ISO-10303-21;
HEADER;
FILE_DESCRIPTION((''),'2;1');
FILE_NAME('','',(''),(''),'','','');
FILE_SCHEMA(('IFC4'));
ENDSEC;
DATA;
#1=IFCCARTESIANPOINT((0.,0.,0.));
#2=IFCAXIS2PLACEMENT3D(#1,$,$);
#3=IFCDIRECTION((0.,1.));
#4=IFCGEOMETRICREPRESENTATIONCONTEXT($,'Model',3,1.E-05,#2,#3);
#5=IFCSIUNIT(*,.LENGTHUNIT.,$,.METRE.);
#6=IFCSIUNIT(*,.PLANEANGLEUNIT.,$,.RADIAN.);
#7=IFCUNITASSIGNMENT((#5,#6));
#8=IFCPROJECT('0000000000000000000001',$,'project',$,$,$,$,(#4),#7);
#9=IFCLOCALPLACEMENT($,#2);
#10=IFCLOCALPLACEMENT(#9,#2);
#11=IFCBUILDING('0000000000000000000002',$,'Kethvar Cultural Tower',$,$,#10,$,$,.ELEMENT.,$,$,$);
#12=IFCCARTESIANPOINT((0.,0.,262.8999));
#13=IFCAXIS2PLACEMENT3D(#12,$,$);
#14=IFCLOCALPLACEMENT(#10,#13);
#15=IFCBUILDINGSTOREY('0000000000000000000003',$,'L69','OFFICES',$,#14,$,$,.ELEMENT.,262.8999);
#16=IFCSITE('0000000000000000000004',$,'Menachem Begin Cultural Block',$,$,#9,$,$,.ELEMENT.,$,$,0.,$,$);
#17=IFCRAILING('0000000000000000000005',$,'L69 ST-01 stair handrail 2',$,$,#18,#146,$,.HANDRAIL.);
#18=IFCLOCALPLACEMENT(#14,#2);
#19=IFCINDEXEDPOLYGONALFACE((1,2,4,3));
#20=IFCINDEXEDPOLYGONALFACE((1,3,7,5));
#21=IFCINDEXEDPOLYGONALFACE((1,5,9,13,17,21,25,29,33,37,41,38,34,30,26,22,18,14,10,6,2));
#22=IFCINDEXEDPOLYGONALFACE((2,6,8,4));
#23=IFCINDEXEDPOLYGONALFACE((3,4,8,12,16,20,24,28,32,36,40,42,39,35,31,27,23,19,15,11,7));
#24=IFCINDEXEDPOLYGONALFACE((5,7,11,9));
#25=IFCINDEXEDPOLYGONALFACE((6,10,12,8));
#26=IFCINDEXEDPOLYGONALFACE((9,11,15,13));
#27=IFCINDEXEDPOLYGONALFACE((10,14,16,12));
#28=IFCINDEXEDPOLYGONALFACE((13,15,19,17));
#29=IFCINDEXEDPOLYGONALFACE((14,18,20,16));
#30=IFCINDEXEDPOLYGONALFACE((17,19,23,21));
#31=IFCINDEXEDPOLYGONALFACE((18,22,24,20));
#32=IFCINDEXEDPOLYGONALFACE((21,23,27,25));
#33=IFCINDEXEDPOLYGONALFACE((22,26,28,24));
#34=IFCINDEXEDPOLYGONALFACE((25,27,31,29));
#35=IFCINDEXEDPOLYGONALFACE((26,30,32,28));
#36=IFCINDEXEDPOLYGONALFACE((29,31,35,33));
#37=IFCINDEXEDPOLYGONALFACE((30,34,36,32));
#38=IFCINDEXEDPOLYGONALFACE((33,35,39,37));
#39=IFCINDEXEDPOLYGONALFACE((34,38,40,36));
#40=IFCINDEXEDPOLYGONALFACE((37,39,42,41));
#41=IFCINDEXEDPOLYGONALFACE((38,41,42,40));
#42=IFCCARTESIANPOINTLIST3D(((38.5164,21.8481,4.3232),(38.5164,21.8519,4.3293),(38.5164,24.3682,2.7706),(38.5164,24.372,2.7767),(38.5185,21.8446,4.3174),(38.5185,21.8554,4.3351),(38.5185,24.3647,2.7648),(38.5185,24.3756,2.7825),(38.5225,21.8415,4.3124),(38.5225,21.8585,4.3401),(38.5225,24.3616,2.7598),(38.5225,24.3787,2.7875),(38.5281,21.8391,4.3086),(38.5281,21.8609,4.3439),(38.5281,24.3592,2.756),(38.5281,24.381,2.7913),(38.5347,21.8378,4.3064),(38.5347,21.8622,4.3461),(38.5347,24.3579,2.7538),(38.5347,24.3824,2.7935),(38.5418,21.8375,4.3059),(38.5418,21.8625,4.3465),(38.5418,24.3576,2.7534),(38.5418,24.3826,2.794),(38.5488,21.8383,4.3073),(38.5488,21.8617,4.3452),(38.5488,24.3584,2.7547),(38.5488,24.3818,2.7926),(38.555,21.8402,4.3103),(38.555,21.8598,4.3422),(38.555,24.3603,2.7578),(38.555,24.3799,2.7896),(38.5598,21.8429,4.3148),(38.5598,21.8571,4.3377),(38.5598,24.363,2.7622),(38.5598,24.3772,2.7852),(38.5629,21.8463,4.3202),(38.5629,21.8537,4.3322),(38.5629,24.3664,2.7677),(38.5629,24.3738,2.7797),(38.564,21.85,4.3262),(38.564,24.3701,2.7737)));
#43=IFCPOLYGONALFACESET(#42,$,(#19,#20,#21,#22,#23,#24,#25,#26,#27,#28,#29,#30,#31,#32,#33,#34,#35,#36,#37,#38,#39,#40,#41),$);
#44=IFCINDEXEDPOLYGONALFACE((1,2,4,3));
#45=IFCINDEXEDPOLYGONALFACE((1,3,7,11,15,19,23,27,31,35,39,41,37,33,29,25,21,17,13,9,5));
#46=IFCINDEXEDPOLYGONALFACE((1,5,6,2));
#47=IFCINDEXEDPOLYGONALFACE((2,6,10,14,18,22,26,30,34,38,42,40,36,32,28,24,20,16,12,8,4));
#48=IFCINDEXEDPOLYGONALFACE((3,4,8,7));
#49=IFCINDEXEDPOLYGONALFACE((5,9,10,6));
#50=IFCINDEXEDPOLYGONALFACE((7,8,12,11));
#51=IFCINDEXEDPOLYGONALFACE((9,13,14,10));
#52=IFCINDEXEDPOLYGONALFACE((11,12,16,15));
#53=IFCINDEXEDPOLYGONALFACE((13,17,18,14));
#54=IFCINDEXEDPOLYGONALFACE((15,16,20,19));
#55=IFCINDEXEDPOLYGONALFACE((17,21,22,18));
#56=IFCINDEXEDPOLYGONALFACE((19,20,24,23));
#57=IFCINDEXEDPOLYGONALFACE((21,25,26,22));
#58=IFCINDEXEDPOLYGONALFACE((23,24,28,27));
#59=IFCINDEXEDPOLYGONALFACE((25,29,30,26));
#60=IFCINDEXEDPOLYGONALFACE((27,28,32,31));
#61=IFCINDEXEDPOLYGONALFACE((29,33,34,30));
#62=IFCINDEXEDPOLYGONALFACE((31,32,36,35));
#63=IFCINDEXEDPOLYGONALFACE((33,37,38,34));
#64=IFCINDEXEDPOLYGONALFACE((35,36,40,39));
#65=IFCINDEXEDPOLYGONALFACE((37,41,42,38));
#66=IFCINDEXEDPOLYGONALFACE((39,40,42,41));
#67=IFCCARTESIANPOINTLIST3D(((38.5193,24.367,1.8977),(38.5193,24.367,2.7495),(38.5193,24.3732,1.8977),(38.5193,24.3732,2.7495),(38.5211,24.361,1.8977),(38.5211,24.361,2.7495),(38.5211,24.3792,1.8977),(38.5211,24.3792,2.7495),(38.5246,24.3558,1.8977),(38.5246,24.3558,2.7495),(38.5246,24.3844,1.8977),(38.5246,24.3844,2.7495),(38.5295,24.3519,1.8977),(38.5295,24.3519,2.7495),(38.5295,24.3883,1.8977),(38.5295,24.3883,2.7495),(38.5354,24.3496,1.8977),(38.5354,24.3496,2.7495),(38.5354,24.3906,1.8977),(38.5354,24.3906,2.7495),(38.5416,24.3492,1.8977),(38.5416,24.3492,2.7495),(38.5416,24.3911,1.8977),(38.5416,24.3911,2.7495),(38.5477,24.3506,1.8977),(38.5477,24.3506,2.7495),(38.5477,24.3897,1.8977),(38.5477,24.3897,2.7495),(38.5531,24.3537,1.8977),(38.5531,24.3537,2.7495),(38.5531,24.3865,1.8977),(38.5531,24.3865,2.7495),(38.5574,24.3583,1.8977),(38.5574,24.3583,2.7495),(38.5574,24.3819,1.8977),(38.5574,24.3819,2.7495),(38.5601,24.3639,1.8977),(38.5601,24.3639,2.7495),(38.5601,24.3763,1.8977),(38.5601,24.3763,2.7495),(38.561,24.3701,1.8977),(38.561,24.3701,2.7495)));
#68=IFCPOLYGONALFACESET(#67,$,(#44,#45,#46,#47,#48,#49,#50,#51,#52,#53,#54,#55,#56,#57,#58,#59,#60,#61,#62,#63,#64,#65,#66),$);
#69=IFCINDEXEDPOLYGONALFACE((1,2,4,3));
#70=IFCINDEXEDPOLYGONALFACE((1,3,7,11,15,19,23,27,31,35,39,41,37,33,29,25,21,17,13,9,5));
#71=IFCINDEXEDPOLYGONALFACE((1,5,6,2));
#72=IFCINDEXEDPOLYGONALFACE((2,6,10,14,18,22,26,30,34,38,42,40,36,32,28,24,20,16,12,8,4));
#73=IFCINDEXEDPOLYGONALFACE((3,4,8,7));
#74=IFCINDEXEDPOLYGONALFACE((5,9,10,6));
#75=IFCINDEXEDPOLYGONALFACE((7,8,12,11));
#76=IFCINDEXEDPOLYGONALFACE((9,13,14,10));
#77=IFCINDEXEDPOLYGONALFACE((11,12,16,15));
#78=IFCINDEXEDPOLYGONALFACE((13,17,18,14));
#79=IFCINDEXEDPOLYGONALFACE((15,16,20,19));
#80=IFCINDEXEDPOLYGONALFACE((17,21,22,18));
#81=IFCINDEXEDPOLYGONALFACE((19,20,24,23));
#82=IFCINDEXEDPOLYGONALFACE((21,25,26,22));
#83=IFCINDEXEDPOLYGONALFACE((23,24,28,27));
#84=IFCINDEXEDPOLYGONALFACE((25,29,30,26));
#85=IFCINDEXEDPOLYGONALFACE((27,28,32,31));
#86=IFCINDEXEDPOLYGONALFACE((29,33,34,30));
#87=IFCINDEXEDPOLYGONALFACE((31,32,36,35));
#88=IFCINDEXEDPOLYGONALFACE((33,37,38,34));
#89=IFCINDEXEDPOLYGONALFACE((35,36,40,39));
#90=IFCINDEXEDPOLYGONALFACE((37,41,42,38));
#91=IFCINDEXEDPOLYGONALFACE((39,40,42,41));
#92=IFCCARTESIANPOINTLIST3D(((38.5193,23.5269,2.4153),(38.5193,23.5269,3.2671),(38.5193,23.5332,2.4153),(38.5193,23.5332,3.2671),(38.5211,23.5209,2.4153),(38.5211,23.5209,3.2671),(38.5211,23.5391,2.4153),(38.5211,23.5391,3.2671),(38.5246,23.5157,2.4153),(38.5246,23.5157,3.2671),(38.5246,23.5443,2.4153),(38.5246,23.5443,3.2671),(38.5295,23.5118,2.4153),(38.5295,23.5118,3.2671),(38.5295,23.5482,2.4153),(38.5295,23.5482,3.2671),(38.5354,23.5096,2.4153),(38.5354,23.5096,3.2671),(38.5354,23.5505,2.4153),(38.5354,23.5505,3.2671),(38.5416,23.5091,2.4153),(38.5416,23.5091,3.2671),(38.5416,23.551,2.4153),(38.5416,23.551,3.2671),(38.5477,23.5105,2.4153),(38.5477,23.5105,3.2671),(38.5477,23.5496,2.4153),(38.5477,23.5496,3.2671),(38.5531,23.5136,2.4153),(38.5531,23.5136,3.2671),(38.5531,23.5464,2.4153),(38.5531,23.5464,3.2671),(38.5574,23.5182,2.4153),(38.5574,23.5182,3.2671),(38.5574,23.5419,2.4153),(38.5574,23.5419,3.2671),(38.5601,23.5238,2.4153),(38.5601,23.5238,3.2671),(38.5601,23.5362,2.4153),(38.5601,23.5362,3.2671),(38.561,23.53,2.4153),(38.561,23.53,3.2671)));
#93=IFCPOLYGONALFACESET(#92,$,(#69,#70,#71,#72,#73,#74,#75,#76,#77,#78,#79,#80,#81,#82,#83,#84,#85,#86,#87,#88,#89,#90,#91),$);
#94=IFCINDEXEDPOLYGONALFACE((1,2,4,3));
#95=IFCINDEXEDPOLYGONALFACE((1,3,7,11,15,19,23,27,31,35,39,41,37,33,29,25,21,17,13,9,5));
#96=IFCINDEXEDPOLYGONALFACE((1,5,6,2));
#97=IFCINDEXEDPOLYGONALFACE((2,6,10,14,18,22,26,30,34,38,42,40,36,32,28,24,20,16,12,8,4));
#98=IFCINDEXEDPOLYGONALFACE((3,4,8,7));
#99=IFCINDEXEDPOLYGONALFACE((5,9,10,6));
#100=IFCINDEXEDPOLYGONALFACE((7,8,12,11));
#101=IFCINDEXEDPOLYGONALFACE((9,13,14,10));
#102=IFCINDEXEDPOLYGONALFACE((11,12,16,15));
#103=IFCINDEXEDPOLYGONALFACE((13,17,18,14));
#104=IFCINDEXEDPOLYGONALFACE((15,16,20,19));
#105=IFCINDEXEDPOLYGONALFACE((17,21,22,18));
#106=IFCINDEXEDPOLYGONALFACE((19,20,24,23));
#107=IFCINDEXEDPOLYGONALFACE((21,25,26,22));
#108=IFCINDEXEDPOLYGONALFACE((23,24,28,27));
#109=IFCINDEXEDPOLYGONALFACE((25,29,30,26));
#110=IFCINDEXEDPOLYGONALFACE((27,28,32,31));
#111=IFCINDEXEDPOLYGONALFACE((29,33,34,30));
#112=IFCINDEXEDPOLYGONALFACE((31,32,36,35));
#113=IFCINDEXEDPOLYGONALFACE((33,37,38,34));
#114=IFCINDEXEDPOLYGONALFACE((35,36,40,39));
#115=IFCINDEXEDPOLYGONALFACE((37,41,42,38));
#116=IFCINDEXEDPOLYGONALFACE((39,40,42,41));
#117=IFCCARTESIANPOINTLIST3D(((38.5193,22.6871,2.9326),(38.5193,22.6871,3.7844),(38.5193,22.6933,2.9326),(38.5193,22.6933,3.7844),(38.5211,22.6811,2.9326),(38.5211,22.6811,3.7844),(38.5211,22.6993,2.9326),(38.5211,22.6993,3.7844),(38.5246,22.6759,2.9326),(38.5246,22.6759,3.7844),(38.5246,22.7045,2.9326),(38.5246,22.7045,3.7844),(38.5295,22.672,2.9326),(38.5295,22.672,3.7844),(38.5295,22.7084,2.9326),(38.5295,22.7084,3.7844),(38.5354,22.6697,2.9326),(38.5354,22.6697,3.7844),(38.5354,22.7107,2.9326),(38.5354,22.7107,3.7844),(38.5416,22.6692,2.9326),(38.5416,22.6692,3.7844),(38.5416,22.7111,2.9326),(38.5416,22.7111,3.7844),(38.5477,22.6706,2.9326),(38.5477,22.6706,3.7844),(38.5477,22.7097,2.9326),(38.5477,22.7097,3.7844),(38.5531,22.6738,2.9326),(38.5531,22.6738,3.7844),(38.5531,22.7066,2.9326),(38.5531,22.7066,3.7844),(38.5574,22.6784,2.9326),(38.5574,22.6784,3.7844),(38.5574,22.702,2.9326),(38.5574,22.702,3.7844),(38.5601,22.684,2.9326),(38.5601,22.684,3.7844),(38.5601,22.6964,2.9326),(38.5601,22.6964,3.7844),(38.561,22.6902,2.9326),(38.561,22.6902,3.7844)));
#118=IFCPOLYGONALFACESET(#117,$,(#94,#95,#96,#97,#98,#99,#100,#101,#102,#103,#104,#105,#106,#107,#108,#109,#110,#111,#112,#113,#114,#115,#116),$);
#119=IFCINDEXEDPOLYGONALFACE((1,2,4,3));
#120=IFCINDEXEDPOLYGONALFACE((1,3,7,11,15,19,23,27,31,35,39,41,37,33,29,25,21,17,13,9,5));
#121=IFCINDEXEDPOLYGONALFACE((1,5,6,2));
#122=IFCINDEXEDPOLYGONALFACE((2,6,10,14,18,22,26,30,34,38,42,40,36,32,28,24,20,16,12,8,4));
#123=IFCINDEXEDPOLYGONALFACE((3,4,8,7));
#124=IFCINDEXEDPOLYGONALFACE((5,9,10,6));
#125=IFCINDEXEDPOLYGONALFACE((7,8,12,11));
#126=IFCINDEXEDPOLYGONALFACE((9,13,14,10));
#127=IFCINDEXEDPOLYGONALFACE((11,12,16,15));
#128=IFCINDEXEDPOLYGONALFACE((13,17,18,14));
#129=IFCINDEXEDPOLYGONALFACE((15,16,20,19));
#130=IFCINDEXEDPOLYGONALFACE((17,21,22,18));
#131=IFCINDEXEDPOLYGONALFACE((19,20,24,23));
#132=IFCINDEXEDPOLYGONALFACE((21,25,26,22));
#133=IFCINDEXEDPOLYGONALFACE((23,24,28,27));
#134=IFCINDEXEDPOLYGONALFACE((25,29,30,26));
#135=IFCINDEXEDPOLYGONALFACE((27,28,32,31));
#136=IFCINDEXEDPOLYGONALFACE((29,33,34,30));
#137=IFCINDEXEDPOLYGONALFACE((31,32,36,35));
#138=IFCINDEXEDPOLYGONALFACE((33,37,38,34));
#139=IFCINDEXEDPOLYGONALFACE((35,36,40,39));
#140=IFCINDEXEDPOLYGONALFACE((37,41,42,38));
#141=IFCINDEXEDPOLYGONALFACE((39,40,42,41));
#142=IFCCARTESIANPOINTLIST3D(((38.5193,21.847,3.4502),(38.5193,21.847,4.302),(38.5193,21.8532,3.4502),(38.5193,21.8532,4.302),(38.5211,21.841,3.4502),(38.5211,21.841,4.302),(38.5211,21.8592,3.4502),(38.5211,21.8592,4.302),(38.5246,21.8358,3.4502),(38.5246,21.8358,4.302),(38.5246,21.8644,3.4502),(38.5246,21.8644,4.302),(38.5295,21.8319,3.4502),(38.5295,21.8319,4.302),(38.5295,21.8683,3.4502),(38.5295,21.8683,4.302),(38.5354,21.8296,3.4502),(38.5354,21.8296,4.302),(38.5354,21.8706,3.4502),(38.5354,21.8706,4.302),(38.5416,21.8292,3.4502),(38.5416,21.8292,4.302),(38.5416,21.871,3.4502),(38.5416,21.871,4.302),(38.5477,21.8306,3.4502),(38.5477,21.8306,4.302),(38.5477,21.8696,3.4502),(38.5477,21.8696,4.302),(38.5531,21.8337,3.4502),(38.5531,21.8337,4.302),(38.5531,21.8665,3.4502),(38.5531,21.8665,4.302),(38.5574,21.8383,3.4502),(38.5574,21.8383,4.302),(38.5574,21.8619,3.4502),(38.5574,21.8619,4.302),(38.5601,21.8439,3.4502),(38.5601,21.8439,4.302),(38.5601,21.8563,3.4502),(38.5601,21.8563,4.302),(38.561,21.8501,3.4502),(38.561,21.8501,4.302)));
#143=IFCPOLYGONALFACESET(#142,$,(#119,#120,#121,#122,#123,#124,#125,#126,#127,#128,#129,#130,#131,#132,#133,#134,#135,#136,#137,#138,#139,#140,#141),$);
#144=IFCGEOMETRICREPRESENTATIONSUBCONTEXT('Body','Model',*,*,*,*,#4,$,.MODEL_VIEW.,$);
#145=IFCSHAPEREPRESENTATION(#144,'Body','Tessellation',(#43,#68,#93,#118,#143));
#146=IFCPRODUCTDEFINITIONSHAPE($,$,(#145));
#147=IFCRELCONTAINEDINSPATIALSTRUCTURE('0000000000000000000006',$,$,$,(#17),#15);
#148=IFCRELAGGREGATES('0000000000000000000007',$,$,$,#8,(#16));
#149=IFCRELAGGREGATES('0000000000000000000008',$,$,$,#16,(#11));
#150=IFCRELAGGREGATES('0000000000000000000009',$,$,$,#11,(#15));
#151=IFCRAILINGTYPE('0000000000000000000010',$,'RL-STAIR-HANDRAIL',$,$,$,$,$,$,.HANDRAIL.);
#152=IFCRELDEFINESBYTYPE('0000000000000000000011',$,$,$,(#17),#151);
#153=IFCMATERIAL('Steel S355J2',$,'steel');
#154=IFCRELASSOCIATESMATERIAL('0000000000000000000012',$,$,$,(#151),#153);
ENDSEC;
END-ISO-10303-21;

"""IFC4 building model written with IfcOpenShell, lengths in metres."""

from ifc_helpers import new_model, si_unit, direction, frame, origin, origin_2d, place, context, subcontext, project, spatial, circle, extrude, material, type_object, element, save


model = new_model("IFC4")

# Units and contexts
model_context = context("Model", 3, precision=1e-05, world=origin(), true_north=direction((0.0, 1.0)))
body_context = subcontext(model_context, "Body", "Model", "MODEL_VIEW")
ifc_project = project(units=[si_unit("LENGTHUNIT", "METRE"), si_unit("PLANEANGLEUNIT", "RADIAN")], contexts=[model_context])

# Site, building, storey
site_placement = place(None, origin())
site = spatial("IfcSite", under=ifc_project, at=site_placement, Name="Menachem Begin Cultural Block", CompositionType="ELEMENT", RefElevation=0.0)
building_placement = place(site_placement, origin())
building = spatial("IfcBuilding", under=site, at=building_placement, Name="Kethvar Cultural Tower", CompositionType="ELEMENT")
storey_placement = place(building_placement, frame((0.0, 0.0, 262.8999)))
storey = spatial("IfcBuildingStorey", under=building, at=storey_placement, Name="L69", Description="OFFICES", CompositionType="ELEMENT", Elevation=262.8999)

# Shared definitions
ifc_material_1 = material(Name="Steel S355J2", Category="steel")

# Railing
railing_type_1 = type_object("IfcRailingType", Name="RL-STAIR-HANDRAIL", PredefinedType="HANDRAIL", material=ifc_material_1)
railing_1_placement = place(storey_placement, frame((38.54, 24.3701, 1.8977)))
element("IfcRailing", 1, at=railing_1_placement, inside=storey, type_object=railing_type_1, Name="L69 ST-01 stair handrail 2", PredefinedType="HANDRAIL", context=body_context, shape_type="SweptSolid", body=[
    extrude(circle(Radius=0.0239, at=origin_2d()), frame((0.0, 0.0, 0.876), z_axis=(0.0, -0.8514, 0.524516), x_axis=(1.0, 0.0, 0.0)), (0.0, 0.0, 1.0), 2.96),
    extrude(circle(Radius=0.021, at=origin_2d()), origin(), (0.0, 0.0, 1.0), 0.8518),
    extrude(circle(Radius=0.021, at=origin_2d()), frame((0.0, -0.8401, 0.5176)), (0.0, 0.0, 1.0), 0.8518),
    extrude(circle(Radius=0.021, at=origin_2d()), frame((0.0, -1.6799, 1.0349)), (0.0, 0.0, 1.0), 0.8518),
    extrude(circle(Radius=0.021, at=origin_2d()), frame((0.0, -2.52, 1.5525)), (0.0, 0.0, 1.0), 0.8518),
])

save(model, "model.ifc")
